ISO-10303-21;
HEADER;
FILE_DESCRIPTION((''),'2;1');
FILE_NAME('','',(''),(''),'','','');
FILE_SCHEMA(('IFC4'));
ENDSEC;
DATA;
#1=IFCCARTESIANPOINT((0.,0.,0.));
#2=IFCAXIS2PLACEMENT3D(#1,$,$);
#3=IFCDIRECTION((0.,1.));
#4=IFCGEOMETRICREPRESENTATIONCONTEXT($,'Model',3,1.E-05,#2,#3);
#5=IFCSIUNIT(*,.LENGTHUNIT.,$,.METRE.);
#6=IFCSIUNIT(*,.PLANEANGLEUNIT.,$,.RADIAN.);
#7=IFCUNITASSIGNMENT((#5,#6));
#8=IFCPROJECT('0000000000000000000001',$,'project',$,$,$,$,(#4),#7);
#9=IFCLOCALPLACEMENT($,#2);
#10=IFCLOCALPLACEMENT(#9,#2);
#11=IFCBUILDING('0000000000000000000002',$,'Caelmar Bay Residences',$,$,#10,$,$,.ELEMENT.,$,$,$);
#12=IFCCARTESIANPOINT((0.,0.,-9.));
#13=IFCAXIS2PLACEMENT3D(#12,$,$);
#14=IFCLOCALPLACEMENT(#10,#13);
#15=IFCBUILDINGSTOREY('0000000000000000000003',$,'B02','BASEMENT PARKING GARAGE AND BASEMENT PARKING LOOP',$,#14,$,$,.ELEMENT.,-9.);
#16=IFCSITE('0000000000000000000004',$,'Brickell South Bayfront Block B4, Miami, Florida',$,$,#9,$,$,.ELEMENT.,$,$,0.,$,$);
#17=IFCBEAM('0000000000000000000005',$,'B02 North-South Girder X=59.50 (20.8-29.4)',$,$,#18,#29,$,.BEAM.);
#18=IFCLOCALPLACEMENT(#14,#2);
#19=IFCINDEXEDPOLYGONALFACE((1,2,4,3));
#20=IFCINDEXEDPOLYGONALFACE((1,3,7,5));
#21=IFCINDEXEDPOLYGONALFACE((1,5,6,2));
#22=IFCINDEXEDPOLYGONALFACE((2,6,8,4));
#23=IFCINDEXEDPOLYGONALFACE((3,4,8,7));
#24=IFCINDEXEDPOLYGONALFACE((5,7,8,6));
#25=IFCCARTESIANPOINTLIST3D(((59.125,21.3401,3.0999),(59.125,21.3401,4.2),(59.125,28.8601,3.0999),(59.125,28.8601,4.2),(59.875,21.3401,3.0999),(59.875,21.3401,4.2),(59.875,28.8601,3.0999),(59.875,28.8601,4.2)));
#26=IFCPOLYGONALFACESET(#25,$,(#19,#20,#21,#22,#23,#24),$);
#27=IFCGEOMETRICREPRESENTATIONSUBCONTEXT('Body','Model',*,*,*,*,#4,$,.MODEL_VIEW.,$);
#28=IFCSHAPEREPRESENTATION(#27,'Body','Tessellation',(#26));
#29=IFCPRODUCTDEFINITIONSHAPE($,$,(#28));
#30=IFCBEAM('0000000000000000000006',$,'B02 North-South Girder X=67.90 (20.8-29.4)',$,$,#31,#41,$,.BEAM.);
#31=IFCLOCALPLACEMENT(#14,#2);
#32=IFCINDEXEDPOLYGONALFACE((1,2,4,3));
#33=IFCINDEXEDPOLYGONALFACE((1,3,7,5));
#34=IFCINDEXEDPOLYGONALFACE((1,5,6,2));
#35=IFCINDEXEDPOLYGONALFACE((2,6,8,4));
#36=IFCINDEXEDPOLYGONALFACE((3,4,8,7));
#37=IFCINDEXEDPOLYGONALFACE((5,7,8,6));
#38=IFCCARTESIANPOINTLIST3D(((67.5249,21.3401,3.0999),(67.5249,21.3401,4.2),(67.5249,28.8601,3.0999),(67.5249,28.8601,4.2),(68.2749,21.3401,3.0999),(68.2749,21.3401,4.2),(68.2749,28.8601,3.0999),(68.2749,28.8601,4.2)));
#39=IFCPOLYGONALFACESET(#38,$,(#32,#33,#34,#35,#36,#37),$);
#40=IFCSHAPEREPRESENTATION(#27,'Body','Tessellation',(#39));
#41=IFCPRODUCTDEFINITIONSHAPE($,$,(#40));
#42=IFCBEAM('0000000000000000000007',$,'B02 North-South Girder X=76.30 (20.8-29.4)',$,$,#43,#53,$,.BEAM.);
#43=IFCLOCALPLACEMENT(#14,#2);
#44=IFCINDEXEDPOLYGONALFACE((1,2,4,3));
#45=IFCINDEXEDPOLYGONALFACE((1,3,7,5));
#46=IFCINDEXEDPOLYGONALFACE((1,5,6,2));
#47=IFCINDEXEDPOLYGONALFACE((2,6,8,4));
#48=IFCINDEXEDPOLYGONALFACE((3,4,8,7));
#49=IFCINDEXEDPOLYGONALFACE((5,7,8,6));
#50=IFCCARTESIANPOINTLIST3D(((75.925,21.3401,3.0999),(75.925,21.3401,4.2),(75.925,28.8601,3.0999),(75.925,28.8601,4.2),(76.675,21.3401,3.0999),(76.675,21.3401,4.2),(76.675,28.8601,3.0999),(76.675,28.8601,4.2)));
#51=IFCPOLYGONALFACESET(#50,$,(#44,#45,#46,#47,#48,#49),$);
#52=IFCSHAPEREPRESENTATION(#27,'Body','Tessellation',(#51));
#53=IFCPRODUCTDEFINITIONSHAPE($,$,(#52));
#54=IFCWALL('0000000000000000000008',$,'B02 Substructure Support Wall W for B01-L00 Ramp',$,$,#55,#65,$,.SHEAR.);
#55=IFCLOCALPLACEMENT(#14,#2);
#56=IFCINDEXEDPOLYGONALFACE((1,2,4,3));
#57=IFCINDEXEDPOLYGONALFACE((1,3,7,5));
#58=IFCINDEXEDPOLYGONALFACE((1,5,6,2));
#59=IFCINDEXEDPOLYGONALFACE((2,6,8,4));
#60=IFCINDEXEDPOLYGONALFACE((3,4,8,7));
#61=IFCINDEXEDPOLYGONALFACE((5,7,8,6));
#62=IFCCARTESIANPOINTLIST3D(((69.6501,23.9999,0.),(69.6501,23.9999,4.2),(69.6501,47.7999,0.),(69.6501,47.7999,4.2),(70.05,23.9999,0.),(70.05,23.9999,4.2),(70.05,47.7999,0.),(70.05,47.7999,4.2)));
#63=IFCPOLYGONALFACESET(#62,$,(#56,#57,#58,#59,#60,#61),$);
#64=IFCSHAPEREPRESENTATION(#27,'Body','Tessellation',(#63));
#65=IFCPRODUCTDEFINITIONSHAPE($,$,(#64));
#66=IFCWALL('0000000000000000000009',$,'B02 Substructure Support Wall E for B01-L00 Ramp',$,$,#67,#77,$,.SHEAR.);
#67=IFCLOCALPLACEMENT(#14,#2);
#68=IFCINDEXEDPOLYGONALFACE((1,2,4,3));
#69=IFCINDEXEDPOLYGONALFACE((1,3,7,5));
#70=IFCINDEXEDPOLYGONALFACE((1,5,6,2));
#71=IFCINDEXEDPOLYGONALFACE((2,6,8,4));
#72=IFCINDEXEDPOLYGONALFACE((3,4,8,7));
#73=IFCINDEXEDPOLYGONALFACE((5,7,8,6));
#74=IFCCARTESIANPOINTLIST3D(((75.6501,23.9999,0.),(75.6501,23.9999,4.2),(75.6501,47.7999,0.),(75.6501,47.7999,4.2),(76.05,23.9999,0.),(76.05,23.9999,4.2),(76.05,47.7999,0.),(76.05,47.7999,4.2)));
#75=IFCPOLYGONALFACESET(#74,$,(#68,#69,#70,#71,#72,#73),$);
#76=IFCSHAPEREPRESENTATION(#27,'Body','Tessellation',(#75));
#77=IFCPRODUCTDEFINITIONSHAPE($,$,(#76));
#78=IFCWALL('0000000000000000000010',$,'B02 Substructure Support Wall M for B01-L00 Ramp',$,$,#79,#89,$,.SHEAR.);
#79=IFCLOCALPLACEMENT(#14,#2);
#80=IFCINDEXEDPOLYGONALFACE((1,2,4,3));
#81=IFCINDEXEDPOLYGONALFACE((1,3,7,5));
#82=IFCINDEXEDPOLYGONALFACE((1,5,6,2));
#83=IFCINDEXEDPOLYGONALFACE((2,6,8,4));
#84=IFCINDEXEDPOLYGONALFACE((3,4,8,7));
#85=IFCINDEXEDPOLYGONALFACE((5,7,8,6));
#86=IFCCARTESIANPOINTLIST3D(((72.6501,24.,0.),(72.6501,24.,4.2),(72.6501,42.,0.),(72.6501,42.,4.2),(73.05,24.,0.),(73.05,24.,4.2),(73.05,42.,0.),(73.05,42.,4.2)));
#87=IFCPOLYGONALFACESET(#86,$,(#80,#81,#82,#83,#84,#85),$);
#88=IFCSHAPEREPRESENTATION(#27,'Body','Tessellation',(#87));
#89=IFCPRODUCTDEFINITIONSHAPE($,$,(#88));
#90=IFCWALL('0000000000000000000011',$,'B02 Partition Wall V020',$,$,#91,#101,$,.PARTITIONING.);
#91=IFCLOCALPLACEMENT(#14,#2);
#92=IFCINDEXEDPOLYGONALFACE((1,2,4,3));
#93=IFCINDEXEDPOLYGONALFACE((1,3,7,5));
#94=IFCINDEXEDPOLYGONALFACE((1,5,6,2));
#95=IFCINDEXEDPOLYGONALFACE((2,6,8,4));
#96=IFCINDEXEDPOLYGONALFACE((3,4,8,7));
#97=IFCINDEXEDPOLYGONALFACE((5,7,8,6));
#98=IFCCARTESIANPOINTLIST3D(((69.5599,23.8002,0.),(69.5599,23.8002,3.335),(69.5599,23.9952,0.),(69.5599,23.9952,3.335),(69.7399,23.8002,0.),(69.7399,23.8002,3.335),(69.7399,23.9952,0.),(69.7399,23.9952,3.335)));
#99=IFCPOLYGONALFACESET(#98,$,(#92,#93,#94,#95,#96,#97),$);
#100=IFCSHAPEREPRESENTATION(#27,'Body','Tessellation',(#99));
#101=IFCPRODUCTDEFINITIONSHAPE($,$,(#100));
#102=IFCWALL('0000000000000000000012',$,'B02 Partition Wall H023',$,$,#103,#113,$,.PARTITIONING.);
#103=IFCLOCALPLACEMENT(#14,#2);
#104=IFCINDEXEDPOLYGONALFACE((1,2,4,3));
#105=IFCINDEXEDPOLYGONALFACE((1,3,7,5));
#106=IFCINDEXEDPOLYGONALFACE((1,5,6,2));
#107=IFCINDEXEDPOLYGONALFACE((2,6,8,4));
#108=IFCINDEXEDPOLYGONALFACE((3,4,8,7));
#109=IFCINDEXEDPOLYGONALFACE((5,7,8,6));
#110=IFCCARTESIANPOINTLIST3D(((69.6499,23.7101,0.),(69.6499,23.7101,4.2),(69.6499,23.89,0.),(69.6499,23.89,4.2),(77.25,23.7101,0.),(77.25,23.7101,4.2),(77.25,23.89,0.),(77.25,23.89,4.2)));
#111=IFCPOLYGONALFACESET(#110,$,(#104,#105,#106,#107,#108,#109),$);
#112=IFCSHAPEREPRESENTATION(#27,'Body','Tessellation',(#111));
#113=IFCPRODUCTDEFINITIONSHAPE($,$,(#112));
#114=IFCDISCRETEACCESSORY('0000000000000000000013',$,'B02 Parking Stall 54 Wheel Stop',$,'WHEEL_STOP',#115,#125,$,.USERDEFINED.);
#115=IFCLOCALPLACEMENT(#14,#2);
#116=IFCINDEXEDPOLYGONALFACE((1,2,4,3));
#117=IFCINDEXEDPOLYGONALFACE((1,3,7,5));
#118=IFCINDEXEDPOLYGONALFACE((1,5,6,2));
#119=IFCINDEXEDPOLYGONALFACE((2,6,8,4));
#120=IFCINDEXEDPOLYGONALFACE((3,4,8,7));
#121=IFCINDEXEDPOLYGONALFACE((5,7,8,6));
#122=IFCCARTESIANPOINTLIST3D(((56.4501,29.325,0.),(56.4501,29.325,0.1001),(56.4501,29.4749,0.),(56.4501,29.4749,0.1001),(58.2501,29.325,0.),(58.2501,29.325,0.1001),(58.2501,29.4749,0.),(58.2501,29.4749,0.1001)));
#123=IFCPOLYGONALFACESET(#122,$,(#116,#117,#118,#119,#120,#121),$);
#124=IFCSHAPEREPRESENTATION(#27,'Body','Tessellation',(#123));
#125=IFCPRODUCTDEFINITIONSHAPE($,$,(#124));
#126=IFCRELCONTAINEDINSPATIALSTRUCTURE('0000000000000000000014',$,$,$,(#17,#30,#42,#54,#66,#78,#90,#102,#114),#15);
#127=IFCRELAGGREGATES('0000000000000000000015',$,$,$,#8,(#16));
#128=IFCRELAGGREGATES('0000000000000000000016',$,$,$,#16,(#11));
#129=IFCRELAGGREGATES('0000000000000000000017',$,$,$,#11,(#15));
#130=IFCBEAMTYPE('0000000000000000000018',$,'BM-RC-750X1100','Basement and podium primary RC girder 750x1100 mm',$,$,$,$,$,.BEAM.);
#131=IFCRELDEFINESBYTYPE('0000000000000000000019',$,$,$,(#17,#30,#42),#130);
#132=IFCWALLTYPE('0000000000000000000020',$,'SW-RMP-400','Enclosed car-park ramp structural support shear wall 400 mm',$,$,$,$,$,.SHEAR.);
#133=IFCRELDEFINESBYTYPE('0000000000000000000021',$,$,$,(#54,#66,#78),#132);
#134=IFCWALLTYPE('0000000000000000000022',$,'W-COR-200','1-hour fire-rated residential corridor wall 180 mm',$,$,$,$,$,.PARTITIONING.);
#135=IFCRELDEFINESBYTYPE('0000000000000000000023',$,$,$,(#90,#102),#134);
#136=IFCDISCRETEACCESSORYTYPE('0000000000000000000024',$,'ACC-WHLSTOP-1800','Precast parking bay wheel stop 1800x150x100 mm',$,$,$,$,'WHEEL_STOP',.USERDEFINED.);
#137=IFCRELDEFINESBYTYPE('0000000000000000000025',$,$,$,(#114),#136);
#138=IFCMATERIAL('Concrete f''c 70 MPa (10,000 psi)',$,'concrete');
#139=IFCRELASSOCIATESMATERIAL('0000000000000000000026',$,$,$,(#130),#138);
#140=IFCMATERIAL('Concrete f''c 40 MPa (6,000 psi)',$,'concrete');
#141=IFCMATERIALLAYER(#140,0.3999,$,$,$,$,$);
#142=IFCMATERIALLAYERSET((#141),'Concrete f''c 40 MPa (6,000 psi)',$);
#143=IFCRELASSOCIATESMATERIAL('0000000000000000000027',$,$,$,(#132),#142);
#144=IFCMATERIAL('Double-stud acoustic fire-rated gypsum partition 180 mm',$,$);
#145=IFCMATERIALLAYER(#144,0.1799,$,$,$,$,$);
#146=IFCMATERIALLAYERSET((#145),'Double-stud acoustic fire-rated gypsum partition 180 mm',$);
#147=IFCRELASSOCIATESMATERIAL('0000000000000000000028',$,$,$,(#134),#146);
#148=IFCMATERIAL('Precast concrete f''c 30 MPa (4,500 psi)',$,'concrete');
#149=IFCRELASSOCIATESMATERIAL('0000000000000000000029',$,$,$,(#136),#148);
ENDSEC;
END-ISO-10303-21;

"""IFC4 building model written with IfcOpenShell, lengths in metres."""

from ifc_helpers import new_model, si_unit, direction, frame, frame_2d, origin, origin_2d, place, context, subcontext, project, spatial, rectangle, extrude, material, layer, layer_set, material_profile, profile_set, type_object, element, save


model = new_model("IFC4")

# Units and contexts
model_context = context("Model", 3, precision=1e-05, world=origin(), true_north=direction((0.0, 1.0)))
body_context = subcontext(model_context, "Body", "Model", "MODEL_VIEW")
ifc_project = project(units=[si_unit("LENGTHUNIT", "METRE"), si_unit("PLANEANGLEUNIT", "RADIAN")], contexts=[model_context])

# Site, building, storey
site_placement = place(None, origin())
site = spatial("IfcSite", under=ifc_project, at=site_placement, Name="Brickell South Bayfront Block B4, Miami, Florida", CompositionType="ELEMENT", RefElevation=0.0)
building_placement = place(site_placement, origin())
building = spatial("IfcBuilding", under=site, at=building_placement, Name="Caelmar Bay Residences", CompositionType="ELEMENT")
storey_placement = place(building_placement, frame((0.0, 0.0, -9.0)))
storey = spatial("IfcBuildingStorey", under=building, at=storey_placement, Name="B02", Description="BASEMENT PARKING GARAGE AND BASEMENT PARKING LOOP", CompositionType="ELEMENT", Elevation=-9.0)

# Shared definitions
ifc_material_1 = material(Name="Concrete f'c 70 MPa (10,000 psi)", Category="concrete")

# Beams
ifc_material_profile_1 = material_profile(ifc_material_1, rectangle(XDim=0.75, YDim=1.1001, at=origin_2d()), Name="RC-BM-750X1100")
ifc_profile_set_1 = profile_set([ifc_material_profile_1], Name="Concrete f'c 70 MPa (10,000 psi)")
beam_type_1 = type_object("IfcBeamType", Name="BM-RC-750X1100", Description="Basement and podium primary RC girder 750x1100 mm", PredefinedType="BEAM", material=ifc_profile_set_1)
for number, where, z_axis, x_axis, name in (
    (1, (59.5, 21.3401, 3.6499), (0.0, 1.0, 0.0), (-1.0, 0.0, 0.0), "B02 North-South Girder X=59.50 (20.8-29.4)"),
    (2, (67.8999, 21.3401, 3.6499), (0.0, 1.0, 0.0), (-1.0, 0.0, 0.0), "B02 North-South Girder X=67.90 (20.8-29.4)"),
    (3, (76.3, 21.3401, 3.6499), (0.0, 1.0, 0.0), (-1.0, 0.0, 0.0), "B02 North-South Girder X=76.30 (20.8-29.4)"),
):
    element("IfcBeam", number, at=place(storey_placement, frame(where, z_axis=z_axis, x_axis=x_axis)), inside=storey, type_object=beam_type_1, Name=name, PredefinedType="BEAM", context=body_context, shape_type="SweptSolid", body=[
        extrude(rectangle(XDim=0.75, YDim=1.1001, at=origin_2d()), origin(), (0.0, 0.0, 1.0), 7.52),
    ])

# Walls
ifc_material_2 = material(Name="Concrete f'c 40 MPa (6,000 psi)", Category="concrete")
ifc_layer_1 = layer(ifc_material_2, 0.3999)
ifc_layer_set_1 = layer_set([ifc_layer_1], Name="Concrete f'c 40 MPa (6,000 psi)")
wall_type_1 = type_object("IfcWallType", Name="SW-RMP-400", Description="Enclosed car-park ramp structural support shear wall 400 mm", PredefinedType="SHEAR", material=ifc_layer_set_1)
for number, where, z_axis, x_axis, name in (
    (4, (69.8501, 24.0, 0.0), (0.0, 0.0, 1.0), (0.0, 1.0, 0.0), "B02 Substructure Support Wall W for B01-L00 Ramp"),
    (5, (75.8501, 24.0, 0.0), (0.0, 0.0, 1.0), (0.0, 1.0, 0.0), "B02 Substructure Support Wall E for B01-L00 Ramp"),
):
    element("IfcWall", number, at=place(storey_placement, frame(where, z_axis=z_axis, x_axis=x_axis)), inside=storey, type_object=wall_type_1, Name=name, PredefinedType="SHEAR", context=body_context, shape_type="SweptSolid", body=[
        extrude(rectangle(XDim=23.8, YDim=0.3999, at=frame_2d((11.8999, 0.0))), origin(), (0.0, 0.0, 1.0), 4.2),
    ])
wall_1_placement = place(storey_placement, frame((72.8501, 24.0, 0.0), z_axis=(0.0, 0.0, 1.0), x_axis=(0.0, 1.0, 0.0)))
element("IfcWall", 6, at=wall_1_placement, inside=storey, type_object=wall_type_1, Name="B02 Substructure Support Wall M for B01-L00 Ramp", PredefinedType="SHEAR", context=body_context, shape_type="SweptSolid", body=[
    extrude(rectangle(XDim=18.0, YDim=0.3999, at=frame_2d((9.0, 0.0))), origin(), (0.0, 0.0, 1.0), 4.2),
])
ifc_material_3 = material(Name="Double-stud acoustic fire-rated gypsum partition 180 mm")
ifc_layer_2 = layer(ifc_material_3, 0.1799)
ifc_layer_set_2 = layer_set([ifc_layer_2], Name="Double-stud acoustic fire-rated gypsum partition 180 mm")
wall_type_2 = type_object("IfcWallType", Name="W-COR-200", Description="1-hour fire-rated residential corridor wall 180 mm", PredefinedType="PARTITIONING", material=ifc_layer_set_2)
wall_2_placement = place(storey_placement, frame((69.6499, 23.8, 0.0), z_axis=(0.0, 0.0, 1.0), x_axis=(0.0, 1.0, 0.0)))
element("IfcWall", 7, at=wall_2_placement, inside=storey, type_object=wall_type_2, Name="B02 Partition Wall V020", PredefinedType="PARTITIONING", context=body_context, shape_type="SweptSolid", body=[
    extrude(rectangle(XDim=0.1951, YDim=0.1799, at=frame_2d((0.0977, 0.0))), origin(), (0.0, 0.0, 1.0), 3.335),
])
wall_3_placement = place(storey_placement, frame((69.6499, 23.8, 0.0), z_axis=(0.0, 0.0, 1.0), x_axis=(1.0, 0.0, 0.0)))
element("IfcWall", 8, at=wall_3_placement, inside=storey, type_object=wall_type_2, Name="B02 Partition Wall H023", PredefinedType="PARTITIONING", context=body_context, shape_type="SweptSolid", body=[
    extrude(rectangle(XDim=7.6001, YDim=0.1799, at=frame_2d((3.8, 0.0))), origin(), (0.0, 0.0, 1.0), 4.2),
])

# Discrete accessory
ifc_material_4 = material(Name="Precast concrete f'c 30 MPa (4,500 psi)", Category="concrete")
discrete_accessory_type = type_object("IfcDiscreteAccessoryType", Name="ACC-WHLSTOP-1800", Description="Precast parking bay wheel stop 1800x150x100 mm", ElementType="WHEEL_STOP", PredefinedType="USERDEFINED", material=ifc_material_4)
discrete_accessory_placement = place(storey_placement, frame((57.3501, 29.3999, 0.0), z_axis=(0.0, 0.0, 1.0), x_axis=(1.0, 0.0, 0.0)))
element("IfcDiscreteAccessory", 9, at=discrete_accessory_placement, inside=storey, type_object=discrete_accessory_type, Name="B02 Parking Stall 54 Wheel Stop", ObjectType="WHEEL_STOP", PredefinedType="USERDEFINED", context=body_context, shape_type="SweptSolid", body=[
    extrude(rectangle(XDim=1.8, YDim=0.1499, at=origin_2d()), origin(), (0.0, 0.0, 1.0), 0.1001),
])

save(model, "model.ifc")
